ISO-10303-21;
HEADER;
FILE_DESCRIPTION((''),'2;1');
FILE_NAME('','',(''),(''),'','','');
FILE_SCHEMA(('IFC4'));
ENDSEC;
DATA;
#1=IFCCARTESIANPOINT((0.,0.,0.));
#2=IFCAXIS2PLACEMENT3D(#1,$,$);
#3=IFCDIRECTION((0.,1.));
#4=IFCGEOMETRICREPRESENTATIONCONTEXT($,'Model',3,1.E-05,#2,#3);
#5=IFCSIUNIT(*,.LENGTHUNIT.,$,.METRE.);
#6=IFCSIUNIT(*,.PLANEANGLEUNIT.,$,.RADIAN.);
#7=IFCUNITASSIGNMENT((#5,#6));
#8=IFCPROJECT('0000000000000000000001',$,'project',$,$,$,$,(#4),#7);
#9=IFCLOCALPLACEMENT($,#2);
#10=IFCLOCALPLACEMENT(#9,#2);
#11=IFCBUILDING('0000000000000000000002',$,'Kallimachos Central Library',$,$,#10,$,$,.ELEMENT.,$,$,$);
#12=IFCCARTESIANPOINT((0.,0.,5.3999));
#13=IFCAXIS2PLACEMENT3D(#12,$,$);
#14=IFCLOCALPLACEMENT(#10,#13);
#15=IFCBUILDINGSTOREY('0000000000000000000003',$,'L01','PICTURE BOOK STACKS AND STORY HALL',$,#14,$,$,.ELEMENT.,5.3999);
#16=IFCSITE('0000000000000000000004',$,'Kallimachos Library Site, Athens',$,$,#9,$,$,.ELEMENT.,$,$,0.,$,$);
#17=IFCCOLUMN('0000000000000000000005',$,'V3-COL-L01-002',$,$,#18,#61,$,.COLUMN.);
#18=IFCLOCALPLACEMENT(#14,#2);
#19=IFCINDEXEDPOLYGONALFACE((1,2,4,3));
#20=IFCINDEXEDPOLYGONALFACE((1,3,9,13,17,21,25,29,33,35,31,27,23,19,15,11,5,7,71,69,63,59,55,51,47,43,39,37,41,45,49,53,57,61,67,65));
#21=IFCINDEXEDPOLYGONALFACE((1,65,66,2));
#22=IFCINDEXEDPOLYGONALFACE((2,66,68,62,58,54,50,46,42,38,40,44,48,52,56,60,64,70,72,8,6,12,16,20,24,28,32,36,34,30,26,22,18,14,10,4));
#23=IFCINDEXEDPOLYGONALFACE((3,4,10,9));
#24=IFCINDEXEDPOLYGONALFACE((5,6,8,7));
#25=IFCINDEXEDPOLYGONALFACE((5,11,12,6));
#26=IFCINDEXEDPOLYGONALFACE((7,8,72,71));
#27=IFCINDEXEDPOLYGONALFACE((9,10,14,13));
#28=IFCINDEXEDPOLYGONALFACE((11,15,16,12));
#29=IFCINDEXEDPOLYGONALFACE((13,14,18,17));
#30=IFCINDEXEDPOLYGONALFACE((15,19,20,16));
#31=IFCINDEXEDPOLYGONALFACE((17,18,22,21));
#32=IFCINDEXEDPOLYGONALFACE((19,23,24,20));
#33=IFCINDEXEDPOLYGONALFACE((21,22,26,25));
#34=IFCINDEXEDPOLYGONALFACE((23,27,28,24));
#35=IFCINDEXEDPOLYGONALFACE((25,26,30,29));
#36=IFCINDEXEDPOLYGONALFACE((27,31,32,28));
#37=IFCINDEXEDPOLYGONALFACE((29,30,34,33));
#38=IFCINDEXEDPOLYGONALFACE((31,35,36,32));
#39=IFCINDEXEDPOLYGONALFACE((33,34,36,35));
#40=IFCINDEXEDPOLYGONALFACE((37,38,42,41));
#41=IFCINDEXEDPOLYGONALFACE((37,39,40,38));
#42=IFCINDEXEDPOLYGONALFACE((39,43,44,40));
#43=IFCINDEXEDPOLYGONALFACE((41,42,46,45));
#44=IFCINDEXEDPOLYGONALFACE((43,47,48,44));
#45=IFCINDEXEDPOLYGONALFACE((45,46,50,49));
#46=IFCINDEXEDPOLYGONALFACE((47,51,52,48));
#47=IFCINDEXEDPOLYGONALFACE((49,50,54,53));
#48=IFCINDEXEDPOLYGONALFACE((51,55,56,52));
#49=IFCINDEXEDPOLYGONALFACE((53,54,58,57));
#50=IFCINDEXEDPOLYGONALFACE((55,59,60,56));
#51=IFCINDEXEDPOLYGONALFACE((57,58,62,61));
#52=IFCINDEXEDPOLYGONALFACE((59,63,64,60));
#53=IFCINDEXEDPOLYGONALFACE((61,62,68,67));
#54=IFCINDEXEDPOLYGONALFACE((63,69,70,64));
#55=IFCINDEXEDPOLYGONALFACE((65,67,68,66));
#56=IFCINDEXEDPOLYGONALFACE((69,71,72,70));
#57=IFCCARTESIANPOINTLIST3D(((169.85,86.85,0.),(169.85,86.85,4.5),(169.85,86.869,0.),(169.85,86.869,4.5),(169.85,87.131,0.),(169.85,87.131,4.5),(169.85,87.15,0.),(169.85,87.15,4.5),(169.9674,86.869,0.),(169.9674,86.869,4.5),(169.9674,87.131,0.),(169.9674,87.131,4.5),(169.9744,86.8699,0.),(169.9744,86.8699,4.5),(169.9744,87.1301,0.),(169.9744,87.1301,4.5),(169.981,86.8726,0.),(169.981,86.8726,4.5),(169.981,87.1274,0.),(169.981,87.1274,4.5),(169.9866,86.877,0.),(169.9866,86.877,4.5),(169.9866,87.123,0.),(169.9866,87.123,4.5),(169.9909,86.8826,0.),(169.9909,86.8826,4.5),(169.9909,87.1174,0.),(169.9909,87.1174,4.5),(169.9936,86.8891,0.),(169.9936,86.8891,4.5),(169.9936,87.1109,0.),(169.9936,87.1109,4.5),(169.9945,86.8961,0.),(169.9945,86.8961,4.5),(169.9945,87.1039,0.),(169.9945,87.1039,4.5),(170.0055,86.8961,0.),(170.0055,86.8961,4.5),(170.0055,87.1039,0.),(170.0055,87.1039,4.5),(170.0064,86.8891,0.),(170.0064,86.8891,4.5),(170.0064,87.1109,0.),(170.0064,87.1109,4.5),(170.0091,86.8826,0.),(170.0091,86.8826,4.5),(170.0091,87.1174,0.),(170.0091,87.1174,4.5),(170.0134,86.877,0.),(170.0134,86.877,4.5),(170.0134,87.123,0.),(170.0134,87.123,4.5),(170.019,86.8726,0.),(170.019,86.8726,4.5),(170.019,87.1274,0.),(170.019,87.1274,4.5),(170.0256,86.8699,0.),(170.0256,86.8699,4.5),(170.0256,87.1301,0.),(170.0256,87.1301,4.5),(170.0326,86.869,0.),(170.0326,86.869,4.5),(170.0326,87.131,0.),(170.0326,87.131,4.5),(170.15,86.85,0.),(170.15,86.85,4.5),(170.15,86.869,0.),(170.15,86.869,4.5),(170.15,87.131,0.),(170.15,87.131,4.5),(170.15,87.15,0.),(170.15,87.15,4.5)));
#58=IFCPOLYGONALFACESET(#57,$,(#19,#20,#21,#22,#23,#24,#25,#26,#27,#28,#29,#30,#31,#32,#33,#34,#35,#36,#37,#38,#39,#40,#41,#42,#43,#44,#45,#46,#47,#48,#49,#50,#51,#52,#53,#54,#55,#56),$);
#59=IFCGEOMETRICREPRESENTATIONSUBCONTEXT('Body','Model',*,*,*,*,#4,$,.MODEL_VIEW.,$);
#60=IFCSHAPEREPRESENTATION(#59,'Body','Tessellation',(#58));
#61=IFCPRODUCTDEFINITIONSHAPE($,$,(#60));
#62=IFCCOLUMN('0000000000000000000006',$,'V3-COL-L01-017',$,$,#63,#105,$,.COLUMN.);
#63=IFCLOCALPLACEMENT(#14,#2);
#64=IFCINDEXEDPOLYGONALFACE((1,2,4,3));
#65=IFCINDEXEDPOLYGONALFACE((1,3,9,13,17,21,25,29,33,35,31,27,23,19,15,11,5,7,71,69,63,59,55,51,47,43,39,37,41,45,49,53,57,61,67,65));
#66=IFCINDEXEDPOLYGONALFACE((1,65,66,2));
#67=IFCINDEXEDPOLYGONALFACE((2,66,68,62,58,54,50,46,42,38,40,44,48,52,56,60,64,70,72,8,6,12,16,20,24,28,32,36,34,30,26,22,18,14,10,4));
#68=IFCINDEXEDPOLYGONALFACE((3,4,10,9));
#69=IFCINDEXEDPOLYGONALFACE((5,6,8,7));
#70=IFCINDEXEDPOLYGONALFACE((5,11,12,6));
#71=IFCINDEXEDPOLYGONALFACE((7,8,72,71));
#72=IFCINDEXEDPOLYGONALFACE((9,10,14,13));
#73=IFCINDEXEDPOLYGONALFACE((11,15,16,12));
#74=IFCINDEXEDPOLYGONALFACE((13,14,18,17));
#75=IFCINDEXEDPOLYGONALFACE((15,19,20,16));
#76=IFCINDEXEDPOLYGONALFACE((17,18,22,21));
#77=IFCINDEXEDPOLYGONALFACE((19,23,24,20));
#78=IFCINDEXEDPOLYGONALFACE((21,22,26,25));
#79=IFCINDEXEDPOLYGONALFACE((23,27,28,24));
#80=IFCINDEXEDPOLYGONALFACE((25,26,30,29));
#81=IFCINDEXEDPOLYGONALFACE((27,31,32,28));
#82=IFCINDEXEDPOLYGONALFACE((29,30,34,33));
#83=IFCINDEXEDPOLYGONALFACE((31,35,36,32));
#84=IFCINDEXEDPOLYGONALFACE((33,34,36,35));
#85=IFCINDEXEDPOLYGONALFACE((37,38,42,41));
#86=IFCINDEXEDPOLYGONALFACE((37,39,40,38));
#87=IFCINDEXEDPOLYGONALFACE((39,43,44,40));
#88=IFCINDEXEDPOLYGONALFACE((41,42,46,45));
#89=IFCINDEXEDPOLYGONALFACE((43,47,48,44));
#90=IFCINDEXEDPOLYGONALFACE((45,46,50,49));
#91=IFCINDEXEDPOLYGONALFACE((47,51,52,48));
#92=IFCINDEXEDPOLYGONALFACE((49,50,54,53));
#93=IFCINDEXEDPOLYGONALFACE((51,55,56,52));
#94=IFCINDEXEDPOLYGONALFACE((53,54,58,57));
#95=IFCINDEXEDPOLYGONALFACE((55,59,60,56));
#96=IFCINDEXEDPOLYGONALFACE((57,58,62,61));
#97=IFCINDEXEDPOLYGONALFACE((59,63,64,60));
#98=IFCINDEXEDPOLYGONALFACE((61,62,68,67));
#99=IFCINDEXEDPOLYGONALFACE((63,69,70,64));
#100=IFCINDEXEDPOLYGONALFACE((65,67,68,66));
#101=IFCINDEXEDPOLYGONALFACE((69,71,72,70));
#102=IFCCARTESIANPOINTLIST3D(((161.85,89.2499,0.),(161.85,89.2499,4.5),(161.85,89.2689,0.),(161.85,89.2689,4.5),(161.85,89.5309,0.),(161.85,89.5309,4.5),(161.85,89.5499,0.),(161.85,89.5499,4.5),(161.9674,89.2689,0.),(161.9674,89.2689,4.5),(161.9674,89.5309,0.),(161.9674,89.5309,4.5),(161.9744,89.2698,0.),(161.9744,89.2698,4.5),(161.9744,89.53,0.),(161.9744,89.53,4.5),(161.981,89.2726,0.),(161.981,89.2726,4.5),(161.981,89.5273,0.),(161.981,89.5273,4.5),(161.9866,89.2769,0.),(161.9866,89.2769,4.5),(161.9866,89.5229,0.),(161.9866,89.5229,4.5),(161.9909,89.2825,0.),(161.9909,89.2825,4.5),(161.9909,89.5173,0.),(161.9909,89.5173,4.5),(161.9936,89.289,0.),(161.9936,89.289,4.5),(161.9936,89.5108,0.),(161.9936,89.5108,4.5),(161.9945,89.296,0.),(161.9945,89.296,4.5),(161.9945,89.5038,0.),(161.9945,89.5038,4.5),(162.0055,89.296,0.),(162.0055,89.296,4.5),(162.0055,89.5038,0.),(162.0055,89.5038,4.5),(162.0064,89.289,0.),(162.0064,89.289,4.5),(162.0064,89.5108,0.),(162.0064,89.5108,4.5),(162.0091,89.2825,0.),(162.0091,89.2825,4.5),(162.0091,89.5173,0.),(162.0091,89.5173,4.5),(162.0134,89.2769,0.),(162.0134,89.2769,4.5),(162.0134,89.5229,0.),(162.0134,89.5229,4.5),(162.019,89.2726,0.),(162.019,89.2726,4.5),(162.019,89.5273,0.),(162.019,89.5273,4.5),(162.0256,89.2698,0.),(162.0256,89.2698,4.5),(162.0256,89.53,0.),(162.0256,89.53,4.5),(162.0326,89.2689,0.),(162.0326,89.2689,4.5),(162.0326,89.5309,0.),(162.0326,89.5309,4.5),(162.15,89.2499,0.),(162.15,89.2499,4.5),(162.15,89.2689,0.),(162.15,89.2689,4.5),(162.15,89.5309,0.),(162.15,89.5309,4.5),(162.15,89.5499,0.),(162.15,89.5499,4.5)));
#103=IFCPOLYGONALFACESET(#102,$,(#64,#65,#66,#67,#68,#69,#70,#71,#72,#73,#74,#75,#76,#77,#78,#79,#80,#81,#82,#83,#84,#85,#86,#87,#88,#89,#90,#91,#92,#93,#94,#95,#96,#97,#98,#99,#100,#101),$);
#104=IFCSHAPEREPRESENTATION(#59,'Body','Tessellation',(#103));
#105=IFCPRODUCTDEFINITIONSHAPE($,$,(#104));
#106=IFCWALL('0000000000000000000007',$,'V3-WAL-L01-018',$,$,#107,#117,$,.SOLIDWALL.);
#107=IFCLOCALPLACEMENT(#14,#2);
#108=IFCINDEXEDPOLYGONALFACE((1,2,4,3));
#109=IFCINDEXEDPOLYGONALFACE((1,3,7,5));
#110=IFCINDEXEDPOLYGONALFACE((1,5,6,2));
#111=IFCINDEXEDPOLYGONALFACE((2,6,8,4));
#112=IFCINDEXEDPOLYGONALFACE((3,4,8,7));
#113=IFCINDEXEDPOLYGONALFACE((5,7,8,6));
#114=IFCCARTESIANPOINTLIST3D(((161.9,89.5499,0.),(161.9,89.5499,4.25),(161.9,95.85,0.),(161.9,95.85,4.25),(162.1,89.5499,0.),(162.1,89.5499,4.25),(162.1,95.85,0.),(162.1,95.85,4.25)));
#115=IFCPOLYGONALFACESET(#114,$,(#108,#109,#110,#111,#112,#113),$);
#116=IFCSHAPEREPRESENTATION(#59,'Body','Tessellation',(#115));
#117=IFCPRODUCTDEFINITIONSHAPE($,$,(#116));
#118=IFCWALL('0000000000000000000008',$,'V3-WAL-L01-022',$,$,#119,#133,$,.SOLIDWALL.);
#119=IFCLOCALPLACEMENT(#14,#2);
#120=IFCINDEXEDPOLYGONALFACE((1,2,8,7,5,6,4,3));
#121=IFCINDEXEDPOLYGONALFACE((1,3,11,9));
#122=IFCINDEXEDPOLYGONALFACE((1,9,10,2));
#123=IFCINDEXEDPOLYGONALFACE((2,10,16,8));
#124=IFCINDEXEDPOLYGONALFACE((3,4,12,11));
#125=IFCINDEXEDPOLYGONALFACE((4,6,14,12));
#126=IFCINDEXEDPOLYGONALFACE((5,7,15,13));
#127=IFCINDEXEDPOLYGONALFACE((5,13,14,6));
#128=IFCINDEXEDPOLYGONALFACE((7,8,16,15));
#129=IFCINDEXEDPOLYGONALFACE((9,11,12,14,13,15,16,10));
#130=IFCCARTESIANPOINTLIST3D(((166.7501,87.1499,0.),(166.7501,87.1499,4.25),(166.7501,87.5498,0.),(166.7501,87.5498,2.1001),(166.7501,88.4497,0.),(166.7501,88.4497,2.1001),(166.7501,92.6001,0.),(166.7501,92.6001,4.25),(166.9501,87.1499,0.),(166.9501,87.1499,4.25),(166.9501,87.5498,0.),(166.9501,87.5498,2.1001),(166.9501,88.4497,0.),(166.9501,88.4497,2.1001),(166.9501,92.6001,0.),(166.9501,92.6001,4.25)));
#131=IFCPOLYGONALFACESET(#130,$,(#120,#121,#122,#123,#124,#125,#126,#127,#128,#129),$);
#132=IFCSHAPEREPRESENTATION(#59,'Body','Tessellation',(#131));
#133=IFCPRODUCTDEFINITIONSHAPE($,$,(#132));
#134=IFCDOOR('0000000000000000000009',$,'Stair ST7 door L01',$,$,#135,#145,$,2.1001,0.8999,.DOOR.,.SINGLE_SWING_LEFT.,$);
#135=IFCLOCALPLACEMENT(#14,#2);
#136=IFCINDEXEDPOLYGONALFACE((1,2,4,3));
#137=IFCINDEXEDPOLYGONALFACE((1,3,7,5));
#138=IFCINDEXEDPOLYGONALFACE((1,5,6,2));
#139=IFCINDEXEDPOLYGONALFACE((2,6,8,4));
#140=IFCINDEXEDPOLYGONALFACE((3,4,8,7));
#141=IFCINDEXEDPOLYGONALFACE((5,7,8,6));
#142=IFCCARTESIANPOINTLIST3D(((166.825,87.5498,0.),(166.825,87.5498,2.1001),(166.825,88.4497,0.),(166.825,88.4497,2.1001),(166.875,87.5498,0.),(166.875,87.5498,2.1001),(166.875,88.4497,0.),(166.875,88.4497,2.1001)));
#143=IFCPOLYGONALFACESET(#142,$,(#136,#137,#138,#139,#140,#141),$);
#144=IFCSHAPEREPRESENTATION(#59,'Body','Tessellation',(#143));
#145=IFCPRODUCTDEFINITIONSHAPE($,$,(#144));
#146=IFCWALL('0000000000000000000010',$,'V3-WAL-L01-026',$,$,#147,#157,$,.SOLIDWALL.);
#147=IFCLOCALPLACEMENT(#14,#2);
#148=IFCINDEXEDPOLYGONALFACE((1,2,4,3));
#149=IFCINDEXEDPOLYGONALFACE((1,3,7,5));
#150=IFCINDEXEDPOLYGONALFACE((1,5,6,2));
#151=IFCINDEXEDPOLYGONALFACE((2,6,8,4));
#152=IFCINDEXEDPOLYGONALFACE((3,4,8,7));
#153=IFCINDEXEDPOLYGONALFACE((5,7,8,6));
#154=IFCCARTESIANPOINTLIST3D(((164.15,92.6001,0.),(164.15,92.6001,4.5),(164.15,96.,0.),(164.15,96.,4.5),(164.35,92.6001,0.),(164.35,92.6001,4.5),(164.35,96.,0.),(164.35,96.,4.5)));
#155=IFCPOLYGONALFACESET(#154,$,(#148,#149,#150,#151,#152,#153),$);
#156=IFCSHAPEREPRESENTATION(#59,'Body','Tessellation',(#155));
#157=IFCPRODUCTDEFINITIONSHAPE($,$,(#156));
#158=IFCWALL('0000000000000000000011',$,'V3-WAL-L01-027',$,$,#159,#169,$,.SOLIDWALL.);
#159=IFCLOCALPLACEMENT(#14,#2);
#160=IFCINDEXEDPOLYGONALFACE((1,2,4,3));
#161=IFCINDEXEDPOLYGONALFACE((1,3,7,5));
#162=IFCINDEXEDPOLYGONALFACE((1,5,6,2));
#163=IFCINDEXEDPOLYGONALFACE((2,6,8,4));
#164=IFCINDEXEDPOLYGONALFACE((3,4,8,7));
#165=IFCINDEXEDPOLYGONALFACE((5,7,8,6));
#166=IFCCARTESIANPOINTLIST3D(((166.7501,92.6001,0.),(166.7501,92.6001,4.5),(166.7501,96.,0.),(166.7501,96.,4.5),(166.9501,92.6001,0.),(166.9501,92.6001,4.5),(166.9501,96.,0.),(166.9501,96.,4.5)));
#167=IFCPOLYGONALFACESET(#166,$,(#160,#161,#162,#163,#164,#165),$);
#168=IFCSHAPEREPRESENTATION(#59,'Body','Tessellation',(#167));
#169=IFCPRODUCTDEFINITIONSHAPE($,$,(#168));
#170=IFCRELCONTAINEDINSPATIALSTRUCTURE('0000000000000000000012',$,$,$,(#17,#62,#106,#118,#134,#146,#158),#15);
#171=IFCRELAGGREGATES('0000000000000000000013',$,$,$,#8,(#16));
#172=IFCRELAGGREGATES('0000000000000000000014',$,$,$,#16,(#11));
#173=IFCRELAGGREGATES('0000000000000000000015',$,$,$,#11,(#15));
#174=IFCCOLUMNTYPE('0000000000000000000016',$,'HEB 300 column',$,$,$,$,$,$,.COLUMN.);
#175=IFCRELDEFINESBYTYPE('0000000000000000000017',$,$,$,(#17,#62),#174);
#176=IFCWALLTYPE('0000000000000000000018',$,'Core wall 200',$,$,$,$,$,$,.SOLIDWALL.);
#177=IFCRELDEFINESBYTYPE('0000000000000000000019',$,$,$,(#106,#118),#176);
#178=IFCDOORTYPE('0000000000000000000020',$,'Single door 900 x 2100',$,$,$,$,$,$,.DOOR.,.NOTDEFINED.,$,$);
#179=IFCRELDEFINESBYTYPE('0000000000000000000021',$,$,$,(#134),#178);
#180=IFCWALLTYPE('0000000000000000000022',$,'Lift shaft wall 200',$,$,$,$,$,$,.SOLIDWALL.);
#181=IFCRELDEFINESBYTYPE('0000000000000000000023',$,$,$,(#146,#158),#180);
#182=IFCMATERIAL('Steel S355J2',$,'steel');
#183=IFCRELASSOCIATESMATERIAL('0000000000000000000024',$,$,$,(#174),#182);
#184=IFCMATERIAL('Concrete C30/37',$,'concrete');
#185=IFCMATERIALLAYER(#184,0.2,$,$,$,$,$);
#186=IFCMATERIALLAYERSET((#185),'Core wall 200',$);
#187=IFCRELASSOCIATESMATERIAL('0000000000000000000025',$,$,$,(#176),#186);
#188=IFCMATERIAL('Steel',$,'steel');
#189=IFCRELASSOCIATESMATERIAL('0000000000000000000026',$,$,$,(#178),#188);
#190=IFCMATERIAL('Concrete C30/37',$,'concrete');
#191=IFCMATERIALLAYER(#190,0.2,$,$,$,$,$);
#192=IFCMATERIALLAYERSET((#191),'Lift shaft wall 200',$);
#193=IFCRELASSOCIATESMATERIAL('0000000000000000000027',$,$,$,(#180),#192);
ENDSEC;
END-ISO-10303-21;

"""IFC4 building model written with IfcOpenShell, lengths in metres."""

from ifc_helpers import new_model, si_unit, direction, frame, frame_2d, origin, origin_2d, place, context, subcontext, project, spatial, rectangle, i_section, extrude, material, layer, layer_set, material_profile, profile_set, type_object, element, fill, save


model = new_model("IFC4")

# Units and contexts
model_context = context("Model", 3, precision=1e-05, world=origin(), true_north=direction((0.0, 1.0)))
body_context = subcontext(model_context, "Body", "Model", "MODEL_VIEW")
ifc_project = project(units=[si_unit("LENGTHUNIT", "METRE"), si_unit("PLANEANGLEUNIT", "RADIAN")], contexts=[model_context])

# Site, building, storey
site_placement = place(None, origin())
site = spatial("IfcSite", under=ifc_project, at=site_placement, Name="Kallimachos Library Site, Athens", CompositionType="ELEMENT", RefElevation=0.0)
building_placement = place(site_placement, origin())
building = spatial("IfcBuilding", under=site, at=building_placement, Name="Kallimachos Central Library", CompositionType="ELEMENT")
storey_placement = place(building_placement, frame((0.0, 0.0, 5.3999)))
storey = spatial("IfcBuildingStorey", under=building, at=storey_placement, Name="L01", Description="PICTURE BOOK STACKS AND STORY HALL", CompositionType="ELEMENT", Elevation=5.3999)

# Columns
ifc_material_1 = material(Name="Steel S355J2", Category="steel")
ifc_material_profile = material_profile(ifc_material_1, i_section(OverallWidth=0.3, OverallDepth=0.3, WebThickness=0.011, FlangeThickness=0.019, FilletRadius=0.0271, at=origin_2d()), Name="HEB 300")
ifc_profile_set = profile_set([ifc_material_profile], Name="Steel S355J2")
column_type = type_object("IfcColumnType", Name="HEB 300 column", PredefinedType="COLUMN", material=ifc_profile_set)
for number, where, z_axis, x_axis, name in (
    (1, (170.0, 87.0, 0.0), (0.0, 0.0, 1.0), (1.0, 0.0, 0.0), "V3-COL-L01-002"),
    (2, (162.0, 89.3999, 0.0), (0.0, 0.0, 1.0), (1.0, 0.0, 0.0), "V3-COL-L01-017"),
):
    element("IfcColumn", number, at=place(storey_placement, frame(where, z_axis=z_axis, x_axis=x_axis)), inside=storey, type_object=column_type, Name=name, PredefinedType="COLUMN", context=body_context, shape_type="SweptSolid", body=[
        extrude(i_section(OverallWidth=0.3, OverallDepth=0.3, WebThickness=0.011, FlangeThickness=0.019, FilletRadius=0.0271, at=origin_2d()), origin(), (0.0, 0.0, 1.0), 4.5),
    ])

# Wall
ifc_material_2 = material(Name="Concrete C30/37", Category="concrete")
ifc_layer_1 = layer(ifc_material_2, 0.2)
ifc_layer_set_1 = layer_set([ifc_layer_1], Name="Core wall 200")
wall_type_1 = type_object("IfcWallType", Name="Core wall 200", PredefinedType="SOLIDWALL", material=ifc_layer_set_1)
wall_1_placement = place(storey_placement, frame((162.0, 89.55, 0.0), z_axis=(0.0, 0.0, 1.0), x_axis=(0.0, 1.0, 0.0)))
element("IfcWall", 3, at=wall_1_placement, inside=storey, type_object=wall_type_1, Name="V3-WAL-L01-018", PredefinedType="SOLIDWALL", context=body_context, shape_type="SweptSolid", body=[
    extrude(rectangle(XDim=6.3, YDim=0.2, at=frame_2d((3.1499, 0.0))), origin(), (0.0, 0.0, 1.0), 4.25),
])

# Wall, opening, door
wall_2_placement = place(storey_placement, frame((166.8501, 87.1499, 0.0), z_axis=(0.0, 0.0, 1.0), x_axis=(0.0, 1.0, 0.0)))
wall_2 = element("IfcWall", 4, at=wall_2_placement, inside=storey, type_object=wall_type_1, Name="V3-WAL-L01-022", PredefinedType="SOLIDWALL", context=body_context, shape_type="SweptSolid", body=[
    extrude(rectangle(XDim=5.4502, YDim=0.2, at=frame_2d((2.7251, 0.0))), origin(), (0.0, 0.0, 1.0), 4.25),
])
opening_1_placement = place(wall_2_placement, frame((0.3999, 0.0, 0.0)))
opening_1 = element("IfcOpeningElement", 5, at=opening_1_placement, cuts=wall_2, PredefinedType="OPENING", context=body_context, shape_type="SweptSolid", body=[
    extrude(rectangle(XDim=0.8999, YDim=2.1001, at=frame_2d((0.45, 1.05))), frame((0.0, 0.1099, 0.0), z_axis=(0.0, -1.0, 0.0), x_axis=(1.0, 0.0, 0.0)), (0.0, 0.0, 1.0), 0.22),
])
ifc_material_3 = material(Name="Steel", Category="steel")
door_type = type_object("IfcDoorType", Name="Single door 900 x 2100", OperationType="NOTDEFINED", PredefinedType="DOOR", material=ifc_material_3)
door_placement = place(opening_1_placement, frame((0.8999, 0.0, 0.0), z_axis=(0.0, 0.0, 1.0), x_axis=(-1.0, 0.0, 0.0)))
door = element("IfcDoor", 6, at=door_placement, inside=storey, type_object=door_type, Name="Stair ST7 door L01", OperationType="SINGLE_SWING_LEFT", OverallHeight=2.1001, OverallWidth=0.8999, PredefinedType="DOOR", context=body_context, shape_type="SweptSolid", body=[
    extrude(rectangle(XDim=0.8999, YDim=2.1001, at=frame_2d((0.45, 1.05))), frame((0.0, 0.0249, 0.0), z_axis=(0.0, -1.0, 0.0), x_axis=(1.0, 0.0, 0.0)), (0.0, 0.0, 1.0), 0.05),
])
fill(opening_1, door)

# Walls
ifc_material_4 = material(Name="Concrete C30/37", Category="concrete")
ifc_layer_2 = layer(ifc_material_4, 0.2)
ifc_layer_set_2 = layer_set([ifc_layer_2], Name="Lift shaft wall 200")
wall_type_2 = type_object("IfcWallType", Name="Lift shaft wall 200", PredefinedType="SOLIDWALL", material=ifc_layer_set_2)
for number, where, z_axis, x_axis, name in (
    (7, (164.25, 92.6001, 0.0), (0.0, 0.0, 1.0), (0.0, 1.0, 0.0), "V3-WAL-L01-026"),
    (8, (166.8501, 92.6001, 0.0), (0.0, 0.0, 1.0), (0.0, 1.0, 0.0), "V3-WAL-L01-027"),
):
    element("IfcWall", number, at=place(storey_placement, frame(where, z_axis=z_axis, x_axis=x_axis)), inside=storey, type_object=wall_type_2, Name=name, PredefinedType="SOLIDWALL", context=body_context, shape_type="SweptSolid", body=[
        extrude(rectangle(XDim=3.3999, YDim=0.2, at=frame_2d((1.7, 0.0))), origin(), (0.0, 0.0, 1.0), 4.5),
    ])

save(model, "model.ifc")
